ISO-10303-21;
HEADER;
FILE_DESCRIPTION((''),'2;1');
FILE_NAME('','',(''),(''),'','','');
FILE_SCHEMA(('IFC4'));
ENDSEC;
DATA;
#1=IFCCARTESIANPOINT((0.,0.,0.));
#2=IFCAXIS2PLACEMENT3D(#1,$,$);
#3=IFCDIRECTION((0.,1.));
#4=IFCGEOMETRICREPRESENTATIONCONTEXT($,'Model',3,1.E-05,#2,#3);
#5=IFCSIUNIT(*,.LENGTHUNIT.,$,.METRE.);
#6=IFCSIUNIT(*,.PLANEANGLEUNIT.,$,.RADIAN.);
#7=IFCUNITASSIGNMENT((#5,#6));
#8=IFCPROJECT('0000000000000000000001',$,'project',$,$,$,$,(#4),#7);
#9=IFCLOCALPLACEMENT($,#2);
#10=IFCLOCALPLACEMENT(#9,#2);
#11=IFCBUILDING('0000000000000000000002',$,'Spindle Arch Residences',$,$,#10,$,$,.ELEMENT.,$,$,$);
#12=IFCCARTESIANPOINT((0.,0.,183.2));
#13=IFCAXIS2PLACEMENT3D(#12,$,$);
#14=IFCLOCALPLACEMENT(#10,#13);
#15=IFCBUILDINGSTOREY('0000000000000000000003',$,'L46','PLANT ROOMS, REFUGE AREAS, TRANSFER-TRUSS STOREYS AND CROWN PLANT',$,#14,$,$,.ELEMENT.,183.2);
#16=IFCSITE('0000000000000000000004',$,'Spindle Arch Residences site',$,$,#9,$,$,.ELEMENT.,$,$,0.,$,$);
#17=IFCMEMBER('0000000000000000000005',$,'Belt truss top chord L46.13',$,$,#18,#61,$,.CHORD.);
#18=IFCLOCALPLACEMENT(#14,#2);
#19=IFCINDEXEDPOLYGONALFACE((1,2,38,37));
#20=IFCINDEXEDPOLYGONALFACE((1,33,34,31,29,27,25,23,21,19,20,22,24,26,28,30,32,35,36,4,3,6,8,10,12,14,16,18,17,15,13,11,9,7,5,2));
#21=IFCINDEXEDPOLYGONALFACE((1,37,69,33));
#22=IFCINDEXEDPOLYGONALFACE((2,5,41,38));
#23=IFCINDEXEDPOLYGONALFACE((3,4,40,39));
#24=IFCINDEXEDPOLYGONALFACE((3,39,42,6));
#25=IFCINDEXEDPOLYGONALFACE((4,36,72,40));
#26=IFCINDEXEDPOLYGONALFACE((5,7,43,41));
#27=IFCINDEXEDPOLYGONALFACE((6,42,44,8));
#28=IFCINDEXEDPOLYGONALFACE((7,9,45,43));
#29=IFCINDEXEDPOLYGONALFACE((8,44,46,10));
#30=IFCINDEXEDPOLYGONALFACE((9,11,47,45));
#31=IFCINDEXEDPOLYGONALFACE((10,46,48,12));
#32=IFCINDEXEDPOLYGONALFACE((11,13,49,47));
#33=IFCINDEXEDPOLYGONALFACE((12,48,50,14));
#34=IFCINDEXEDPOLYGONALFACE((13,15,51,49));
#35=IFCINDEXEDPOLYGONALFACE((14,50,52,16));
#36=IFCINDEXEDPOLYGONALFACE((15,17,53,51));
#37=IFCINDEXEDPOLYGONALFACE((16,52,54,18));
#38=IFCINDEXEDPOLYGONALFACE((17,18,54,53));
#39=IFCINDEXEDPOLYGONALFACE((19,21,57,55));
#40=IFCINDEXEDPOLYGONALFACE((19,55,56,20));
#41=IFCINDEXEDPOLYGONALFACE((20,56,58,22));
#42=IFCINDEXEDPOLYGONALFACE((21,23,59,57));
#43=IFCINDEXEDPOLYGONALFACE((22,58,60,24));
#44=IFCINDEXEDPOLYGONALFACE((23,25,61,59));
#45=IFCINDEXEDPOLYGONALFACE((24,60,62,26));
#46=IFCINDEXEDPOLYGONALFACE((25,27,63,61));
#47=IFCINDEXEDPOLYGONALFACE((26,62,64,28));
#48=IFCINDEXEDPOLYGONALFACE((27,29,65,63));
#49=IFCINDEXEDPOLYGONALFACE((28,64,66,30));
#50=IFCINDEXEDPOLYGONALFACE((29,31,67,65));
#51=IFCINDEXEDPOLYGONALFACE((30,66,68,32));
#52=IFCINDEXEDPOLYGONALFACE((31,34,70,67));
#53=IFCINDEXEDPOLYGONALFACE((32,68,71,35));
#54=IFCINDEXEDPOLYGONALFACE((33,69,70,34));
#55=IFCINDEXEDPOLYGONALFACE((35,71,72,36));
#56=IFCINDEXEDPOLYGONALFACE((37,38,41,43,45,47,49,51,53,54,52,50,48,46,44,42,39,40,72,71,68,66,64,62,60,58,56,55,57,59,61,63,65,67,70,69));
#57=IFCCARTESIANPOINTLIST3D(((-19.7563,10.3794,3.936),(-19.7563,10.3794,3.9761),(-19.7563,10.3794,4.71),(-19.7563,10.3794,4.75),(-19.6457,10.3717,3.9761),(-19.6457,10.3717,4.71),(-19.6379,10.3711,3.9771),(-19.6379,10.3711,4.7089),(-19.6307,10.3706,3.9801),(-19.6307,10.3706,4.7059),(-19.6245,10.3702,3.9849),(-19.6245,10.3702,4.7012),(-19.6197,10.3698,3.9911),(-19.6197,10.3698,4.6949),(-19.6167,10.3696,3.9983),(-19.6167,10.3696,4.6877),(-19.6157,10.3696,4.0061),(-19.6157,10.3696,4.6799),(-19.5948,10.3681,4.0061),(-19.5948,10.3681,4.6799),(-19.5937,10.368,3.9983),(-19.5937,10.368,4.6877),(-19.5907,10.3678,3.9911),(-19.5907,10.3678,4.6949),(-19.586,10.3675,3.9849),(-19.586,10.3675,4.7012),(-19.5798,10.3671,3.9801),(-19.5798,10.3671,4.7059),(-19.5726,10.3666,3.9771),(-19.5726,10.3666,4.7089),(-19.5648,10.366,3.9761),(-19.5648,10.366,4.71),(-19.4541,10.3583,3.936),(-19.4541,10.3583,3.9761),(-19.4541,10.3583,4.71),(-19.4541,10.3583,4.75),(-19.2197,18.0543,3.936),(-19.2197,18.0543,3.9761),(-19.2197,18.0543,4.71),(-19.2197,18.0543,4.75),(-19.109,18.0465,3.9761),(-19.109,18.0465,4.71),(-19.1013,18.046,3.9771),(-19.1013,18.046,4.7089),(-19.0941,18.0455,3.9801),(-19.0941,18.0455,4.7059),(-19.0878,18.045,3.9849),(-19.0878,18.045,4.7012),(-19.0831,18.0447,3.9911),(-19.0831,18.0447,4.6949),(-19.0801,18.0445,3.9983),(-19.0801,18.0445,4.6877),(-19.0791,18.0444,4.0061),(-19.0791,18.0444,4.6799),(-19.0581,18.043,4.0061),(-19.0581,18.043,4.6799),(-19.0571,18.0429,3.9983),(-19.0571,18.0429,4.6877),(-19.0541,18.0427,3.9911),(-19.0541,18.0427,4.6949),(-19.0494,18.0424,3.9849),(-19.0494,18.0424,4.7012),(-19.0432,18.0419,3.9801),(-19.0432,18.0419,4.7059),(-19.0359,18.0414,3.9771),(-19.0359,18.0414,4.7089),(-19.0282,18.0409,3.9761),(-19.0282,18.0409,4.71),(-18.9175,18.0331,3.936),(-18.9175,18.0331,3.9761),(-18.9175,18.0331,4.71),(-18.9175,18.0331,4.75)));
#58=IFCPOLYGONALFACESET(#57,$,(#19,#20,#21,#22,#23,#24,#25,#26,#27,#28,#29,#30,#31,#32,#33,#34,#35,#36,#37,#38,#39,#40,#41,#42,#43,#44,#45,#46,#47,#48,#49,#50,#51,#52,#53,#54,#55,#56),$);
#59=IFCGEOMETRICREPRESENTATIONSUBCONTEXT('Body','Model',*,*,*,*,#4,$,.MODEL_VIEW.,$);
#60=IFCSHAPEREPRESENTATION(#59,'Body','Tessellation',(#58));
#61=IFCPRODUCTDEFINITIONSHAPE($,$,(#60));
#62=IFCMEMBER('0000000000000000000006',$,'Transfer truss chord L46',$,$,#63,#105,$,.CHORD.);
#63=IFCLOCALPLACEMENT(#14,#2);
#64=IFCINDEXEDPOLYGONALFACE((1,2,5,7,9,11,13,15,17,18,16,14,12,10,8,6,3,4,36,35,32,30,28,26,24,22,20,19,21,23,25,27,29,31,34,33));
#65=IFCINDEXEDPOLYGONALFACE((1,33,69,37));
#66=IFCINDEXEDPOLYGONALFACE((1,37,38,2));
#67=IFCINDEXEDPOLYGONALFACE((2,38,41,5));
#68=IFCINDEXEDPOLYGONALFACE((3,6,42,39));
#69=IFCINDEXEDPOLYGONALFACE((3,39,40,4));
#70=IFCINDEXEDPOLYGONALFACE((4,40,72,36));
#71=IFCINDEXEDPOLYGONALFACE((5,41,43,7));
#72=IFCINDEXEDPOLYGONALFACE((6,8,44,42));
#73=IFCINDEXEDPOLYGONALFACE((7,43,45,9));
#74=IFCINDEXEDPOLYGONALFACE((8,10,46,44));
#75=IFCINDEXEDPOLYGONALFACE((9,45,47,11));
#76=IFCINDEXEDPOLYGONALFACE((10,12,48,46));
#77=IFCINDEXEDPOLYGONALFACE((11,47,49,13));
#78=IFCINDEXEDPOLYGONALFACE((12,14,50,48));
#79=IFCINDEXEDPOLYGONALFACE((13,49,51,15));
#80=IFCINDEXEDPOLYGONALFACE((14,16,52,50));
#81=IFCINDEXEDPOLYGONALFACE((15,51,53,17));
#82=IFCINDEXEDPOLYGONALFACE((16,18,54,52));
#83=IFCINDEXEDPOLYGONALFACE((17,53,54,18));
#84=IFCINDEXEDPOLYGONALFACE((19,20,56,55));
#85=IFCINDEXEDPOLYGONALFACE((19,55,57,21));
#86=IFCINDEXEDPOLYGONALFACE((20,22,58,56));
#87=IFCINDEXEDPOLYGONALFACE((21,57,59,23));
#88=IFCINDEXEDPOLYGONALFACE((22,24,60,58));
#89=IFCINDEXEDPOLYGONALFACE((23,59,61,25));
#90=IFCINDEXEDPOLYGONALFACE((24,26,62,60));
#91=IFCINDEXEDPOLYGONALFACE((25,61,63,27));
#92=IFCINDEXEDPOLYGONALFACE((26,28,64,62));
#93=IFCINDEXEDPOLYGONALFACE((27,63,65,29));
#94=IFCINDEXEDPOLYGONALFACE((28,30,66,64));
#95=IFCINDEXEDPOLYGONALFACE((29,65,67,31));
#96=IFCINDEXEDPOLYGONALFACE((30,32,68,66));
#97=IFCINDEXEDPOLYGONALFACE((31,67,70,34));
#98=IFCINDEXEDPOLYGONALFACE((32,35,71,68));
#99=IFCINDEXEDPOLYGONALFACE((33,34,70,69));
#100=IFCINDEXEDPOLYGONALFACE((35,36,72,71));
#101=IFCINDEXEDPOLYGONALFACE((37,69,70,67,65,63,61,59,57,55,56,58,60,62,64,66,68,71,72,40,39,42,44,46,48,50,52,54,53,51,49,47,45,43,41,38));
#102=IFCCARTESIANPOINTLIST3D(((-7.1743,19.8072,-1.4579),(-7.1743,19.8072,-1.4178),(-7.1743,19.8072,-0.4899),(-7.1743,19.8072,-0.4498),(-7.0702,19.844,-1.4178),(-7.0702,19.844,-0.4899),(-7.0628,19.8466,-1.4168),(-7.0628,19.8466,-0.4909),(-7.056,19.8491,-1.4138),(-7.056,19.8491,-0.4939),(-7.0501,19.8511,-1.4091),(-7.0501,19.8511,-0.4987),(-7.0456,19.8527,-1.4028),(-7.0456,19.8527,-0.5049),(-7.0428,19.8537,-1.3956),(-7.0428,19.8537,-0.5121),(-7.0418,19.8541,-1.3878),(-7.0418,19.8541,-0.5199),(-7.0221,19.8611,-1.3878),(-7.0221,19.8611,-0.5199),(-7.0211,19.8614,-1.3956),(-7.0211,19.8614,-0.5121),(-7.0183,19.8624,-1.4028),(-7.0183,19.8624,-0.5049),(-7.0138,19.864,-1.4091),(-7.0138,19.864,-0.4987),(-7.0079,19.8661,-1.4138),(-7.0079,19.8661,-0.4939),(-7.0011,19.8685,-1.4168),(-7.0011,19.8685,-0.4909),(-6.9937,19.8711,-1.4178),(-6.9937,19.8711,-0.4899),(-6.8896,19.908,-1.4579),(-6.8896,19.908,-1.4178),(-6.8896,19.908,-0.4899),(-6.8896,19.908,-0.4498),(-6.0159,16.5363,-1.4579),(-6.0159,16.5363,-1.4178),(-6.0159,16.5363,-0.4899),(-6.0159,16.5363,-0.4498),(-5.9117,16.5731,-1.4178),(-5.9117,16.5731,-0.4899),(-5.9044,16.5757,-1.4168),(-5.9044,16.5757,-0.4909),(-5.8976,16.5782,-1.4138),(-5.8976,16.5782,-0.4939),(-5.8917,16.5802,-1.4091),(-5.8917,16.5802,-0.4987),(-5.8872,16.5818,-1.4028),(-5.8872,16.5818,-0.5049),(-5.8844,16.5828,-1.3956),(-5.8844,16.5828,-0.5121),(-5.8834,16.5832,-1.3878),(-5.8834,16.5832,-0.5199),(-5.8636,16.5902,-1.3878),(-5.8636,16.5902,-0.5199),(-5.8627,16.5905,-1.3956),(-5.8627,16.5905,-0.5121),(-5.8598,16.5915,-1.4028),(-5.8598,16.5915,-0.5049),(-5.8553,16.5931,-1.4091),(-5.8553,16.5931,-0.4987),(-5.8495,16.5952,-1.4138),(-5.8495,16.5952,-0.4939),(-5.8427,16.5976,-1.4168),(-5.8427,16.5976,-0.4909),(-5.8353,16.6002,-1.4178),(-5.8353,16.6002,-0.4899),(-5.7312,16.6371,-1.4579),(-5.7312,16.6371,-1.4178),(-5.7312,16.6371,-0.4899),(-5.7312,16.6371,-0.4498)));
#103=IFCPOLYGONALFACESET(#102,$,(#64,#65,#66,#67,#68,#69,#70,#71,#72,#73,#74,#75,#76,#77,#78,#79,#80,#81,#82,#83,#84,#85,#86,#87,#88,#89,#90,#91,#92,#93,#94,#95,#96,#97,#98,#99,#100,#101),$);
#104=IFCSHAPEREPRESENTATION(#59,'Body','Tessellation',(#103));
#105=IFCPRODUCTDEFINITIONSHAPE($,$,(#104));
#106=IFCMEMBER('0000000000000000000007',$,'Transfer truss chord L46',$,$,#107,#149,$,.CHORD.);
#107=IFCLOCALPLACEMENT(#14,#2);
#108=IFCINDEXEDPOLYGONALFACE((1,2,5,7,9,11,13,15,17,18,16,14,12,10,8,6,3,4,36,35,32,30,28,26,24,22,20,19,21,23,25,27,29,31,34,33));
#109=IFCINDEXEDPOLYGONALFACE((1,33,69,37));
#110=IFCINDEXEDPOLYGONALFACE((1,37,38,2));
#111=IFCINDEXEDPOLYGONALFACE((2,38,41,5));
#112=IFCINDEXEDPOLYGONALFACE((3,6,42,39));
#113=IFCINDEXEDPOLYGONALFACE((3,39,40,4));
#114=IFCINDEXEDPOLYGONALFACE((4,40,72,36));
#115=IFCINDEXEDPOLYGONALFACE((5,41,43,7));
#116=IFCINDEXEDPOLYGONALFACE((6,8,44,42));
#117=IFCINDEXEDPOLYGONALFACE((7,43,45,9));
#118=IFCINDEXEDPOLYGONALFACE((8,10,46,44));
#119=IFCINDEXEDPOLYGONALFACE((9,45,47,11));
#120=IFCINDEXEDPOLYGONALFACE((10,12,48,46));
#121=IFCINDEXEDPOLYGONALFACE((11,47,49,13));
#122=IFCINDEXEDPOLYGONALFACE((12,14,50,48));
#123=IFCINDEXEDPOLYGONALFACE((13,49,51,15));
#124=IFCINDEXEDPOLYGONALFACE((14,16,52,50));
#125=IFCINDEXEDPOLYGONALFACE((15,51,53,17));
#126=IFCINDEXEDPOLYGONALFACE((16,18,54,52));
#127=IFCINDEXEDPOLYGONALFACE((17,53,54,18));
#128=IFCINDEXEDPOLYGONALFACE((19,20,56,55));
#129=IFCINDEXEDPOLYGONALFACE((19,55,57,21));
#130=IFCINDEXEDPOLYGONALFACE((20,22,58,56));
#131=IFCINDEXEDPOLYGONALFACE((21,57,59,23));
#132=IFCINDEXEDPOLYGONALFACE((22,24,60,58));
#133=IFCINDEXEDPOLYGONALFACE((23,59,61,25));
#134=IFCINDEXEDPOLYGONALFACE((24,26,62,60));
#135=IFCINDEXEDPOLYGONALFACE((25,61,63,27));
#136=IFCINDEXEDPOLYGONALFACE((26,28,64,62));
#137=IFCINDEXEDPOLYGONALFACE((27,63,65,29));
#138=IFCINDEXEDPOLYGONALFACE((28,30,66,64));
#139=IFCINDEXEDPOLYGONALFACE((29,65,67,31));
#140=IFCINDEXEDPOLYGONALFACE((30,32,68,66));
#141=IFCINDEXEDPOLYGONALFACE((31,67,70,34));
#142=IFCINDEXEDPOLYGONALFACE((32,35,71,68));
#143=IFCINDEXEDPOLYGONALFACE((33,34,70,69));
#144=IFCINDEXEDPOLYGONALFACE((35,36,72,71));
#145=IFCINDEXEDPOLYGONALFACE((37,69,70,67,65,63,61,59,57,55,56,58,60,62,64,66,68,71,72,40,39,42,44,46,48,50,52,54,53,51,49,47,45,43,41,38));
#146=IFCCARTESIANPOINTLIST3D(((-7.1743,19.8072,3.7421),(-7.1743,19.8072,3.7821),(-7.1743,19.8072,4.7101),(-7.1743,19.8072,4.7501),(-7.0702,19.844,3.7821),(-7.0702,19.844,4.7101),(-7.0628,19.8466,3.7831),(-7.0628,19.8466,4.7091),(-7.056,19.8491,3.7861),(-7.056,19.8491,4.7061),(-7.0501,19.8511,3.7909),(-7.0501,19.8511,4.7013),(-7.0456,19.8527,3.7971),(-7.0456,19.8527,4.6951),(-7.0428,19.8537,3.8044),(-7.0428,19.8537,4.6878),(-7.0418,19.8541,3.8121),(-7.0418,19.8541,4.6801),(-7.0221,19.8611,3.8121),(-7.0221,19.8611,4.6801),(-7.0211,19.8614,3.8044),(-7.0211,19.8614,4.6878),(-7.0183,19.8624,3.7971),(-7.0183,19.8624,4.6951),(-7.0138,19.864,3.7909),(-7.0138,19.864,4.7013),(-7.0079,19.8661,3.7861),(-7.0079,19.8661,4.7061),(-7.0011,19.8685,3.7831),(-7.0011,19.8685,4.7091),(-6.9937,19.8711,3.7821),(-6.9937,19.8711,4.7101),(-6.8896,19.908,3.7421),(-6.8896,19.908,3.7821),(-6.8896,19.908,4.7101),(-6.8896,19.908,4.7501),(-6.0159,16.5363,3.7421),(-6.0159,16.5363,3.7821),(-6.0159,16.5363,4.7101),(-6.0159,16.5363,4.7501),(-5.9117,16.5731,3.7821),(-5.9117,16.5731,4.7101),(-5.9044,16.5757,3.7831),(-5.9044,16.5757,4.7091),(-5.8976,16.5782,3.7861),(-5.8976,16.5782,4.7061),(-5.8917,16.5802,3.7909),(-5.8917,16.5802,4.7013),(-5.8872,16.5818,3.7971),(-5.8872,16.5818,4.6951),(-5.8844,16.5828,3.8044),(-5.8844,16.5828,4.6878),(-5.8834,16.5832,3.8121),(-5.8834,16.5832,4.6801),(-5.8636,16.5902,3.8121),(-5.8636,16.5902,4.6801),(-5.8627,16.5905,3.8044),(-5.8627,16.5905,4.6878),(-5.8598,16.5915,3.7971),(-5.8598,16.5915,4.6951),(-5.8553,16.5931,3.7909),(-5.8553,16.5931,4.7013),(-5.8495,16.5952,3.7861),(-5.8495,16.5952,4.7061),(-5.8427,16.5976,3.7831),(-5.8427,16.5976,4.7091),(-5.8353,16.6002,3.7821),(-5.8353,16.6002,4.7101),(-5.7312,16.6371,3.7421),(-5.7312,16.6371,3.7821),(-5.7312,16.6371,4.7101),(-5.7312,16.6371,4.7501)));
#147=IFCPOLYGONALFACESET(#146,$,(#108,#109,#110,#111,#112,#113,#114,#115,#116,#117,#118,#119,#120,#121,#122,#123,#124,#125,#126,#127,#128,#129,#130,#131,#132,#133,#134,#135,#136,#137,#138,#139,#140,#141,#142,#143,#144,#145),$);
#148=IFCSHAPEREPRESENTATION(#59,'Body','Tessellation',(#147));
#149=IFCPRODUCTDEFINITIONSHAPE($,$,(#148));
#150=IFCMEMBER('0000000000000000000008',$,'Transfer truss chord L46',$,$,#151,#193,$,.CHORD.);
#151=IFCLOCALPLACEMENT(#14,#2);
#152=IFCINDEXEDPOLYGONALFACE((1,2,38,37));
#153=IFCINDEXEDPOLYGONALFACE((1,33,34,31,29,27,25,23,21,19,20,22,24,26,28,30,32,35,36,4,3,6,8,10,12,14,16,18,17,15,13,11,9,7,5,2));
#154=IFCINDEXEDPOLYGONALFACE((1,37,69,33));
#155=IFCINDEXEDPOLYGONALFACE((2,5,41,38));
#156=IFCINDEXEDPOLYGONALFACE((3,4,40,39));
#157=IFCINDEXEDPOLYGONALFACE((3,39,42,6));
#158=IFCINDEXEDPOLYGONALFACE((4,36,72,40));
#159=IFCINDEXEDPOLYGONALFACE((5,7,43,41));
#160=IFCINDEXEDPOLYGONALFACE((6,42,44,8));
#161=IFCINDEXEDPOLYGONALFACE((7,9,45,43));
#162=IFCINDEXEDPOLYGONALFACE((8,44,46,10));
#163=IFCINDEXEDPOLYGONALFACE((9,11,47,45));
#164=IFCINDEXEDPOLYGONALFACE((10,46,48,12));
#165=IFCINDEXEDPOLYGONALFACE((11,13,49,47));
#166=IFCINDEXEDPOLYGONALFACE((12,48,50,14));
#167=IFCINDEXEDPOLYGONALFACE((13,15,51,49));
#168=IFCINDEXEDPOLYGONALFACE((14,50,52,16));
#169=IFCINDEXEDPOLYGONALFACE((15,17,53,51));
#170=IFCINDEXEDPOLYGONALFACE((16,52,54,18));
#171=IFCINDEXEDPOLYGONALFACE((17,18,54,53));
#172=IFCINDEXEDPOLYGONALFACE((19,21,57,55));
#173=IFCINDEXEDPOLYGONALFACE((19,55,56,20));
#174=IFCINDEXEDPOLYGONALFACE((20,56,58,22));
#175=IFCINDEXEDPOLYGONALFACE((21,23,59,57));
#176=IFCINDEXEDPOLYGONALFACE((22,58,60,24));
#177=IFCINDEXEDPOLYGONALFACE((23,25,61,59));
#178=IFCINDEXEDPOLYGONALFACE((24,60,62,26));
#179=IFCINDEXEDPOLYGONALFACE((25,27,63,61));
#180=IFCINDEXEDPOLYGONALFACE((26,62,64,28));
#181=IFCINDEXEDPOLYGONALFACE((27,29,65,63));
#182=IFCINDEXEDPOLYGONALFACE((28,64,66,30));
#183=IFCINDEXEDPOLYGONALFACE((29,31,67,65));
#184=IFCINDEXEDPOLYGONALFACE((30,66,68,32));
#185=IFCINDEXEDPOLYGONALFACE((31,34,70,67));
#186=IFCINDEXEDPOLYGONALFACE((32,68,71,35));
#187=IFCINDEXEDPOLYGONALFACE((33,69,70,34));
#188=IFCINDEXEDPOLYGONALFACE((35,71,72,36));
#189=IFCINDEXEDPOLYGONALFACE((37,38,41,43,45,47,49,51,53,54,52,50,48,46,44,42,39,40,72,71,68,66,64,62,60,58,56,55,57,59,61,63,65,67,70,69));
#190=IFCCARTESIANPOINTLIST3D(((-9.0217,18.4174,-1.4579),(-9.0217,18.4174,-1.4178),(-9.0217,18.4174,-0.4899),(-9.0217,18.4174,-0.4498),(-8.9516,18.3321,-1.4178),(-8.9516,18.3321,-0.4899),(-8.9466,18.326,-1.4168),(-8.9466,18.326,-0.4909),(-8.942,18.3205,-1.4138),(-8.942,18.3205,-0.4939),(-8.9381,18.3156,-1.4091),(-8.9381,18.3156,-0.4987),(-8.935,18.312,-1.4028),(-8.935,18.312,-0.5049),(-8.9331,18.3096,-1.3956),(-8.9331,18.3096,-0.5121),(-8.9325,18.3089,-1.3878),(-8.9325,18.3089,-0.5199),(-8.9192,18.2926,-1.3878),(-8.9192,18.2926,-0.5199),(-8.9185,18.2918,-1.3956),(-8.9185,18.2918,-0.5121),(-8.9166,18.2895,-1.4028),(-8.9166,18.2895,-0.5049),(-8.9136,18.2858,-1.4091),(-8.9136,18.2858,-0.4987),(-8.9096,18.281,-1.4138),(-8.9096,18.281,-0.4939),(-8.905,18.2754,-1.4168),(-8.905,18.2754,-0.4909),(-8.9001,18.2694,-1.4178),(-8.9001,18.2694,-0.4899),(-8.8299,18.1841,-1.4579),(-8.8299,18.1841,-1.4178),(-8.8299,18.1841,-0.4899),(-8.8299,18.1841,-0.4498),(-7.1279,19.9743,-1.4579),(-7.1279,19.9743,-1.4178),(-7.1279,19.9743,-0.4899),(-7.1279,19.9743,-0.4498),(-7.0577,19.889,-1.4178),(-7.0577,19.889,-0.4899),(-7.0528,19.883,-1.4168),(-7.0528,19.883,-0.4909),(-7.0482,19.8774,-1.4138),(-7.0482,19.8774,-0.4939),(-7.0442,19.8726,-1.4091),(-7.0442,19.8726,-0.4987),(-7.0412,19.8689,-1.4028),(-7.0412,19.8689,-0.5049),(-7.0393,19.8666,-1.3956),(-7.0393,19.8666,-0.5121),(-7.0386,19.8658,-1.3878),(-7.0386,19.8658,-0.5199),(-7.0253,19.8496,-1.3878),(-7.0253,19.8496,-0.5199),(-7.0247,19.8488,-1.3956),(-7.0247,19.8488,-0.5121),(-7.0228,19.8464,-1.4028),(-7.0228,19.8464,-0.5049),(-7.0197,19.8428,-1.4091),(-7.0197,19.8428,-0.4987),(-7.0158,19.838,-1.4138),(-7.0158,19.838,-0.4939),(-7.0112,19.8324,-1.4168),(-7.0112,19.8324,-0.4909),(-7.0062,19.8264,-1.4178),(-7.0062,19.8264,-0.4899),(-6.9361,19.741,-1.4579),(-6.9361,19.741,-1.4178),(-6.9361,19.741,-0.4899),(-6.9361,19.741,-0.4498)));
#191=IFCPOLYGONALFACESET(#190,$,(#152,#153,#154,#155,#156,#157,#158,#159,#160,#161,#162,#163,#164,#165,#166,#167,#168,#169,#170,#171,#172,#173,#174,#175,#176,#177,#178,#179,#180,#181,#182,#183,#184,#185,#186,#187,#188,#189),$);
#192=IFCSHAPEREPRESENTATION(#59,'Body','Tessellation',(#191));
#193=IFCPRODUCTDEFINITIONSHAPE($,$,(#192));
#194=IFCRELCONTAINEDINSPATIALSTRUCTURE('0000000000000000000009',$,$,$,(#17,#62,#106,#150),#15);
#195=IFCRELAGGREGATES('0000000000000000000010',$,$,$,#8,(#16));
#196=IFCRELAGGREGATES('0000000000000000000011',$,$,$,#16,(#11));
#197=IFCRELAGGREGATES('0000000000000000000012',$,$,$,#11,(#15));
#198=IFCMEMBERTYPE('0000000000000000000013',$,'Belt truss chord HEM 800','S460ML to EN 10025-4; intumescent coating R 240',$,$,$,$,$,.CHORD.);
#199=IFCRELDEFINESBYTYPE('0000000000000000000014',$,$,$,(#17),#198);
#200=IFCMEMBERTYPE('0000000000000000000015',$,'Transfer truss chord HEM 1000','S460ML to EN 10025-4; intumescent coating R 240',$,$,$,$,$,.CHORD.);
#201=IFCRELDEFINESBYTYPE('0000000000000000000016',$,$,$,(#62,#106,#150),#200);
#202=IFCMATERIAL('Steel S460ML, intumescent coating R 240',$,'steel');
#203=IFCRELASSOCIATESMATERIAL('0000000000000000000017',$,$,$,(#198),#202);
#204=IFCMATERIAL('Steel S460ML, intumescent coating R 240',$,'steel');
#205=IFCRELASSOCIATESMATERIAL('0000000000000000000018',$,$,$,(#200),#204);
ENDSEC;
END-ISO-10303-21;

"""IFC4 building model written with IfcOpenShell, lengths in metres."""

from ifc_helpers import new_model, si_unit, direction, frame, origin, origin_2d, place, context, subcontext, project, spatial, i_section, extrude, material, material_profile, profile_set, type_object, element, save


model = new_model("IFC4")

# Units and contexts
model_context = context("Model", 3, precision=1e-05, world=origin(), true_north=direction((0.0, 1.0)))
body_context = subcontext(model_context, "Body", "Model", "MODEL_VIEW")
ifc_project = project(units=[si_unit("LENGTHUNIT", "METRE"), si_unit("PLANEANGLEUNIT", "RADIAN")], contexts=[model_context])

# Site, building, storey
site_placement = place(None, origin())
site = spatial("IfcSite", under=ifc_project, at=site_placement, Name="Spindle Arch Residences site", CompositionType="ELEMENT", RefElevation=0.0)
building_placement = place(site_placement, origin())
building = spatial("IfcBuilding", under=site, at=building_placement, Name="Spindle Arch Residences", CompositionType="ELEMENT")
storey_placement = place(building_placement, frame((0.0, 0.0, 183.2)))
storey = spatial("IfcBuildingStorey", under=building, at=storey_placement, Name="L46", Description="PLANT ROOMS, REFUGE AREAS, TRANSFER-TRUSS STOREYS AND CROWN PLANT", CompositionType="ELEMENT", Elevation=183.2)

# Members
ifc_material_1 = material(Name="Steel S460ML, intumescent coating R 240", Category="steel")
ifc_material_profile_1 = material_profile(ifc_material_1, i_section(OverallWidth=0.303, OverallDepth=0.814, WebThickness=0.021, FlangeThickness=0.04, FilletRadius=0.03, at=origin_2d()), Name="HEM 800")
ifc_profile_set_1 = profile_set([ifc_material_profile_1], Name="Steel S460ML, intumescent coating R 240")
member_type_1 = type_object("IfcMemberType", Name="Belt truss chord HEM 800", Description="S460ML to EN 10025-4; intumescent coating R 240", PredefinedType="CHORD", material=ifc_profile_set_1)
member_1_placement = place(storey_placement, frame((-19.0686, 18.0437, 4.343), z_axis=(-0.06975, -0.997565, 0.0), x_axis=(0.997565, -0.06975, 0.0)))
element("IfcMember", 1, at=member_1_placement, inside=storey, type_object=member_type_1, Name="Belt truss top chord L46.13", PredefinedType="CHORD", context=body_context, shape_type="SweptSolid", body=[
    extrude(i_section(OverallWidth=0.303, OverallDepth=0.814, WebThickness=0.021, FlangeThickness=0.04, FilletRadius=0.03, at=origin_2d()), origin(), (0.0, 0.0, 1.0), 7.6936),
])
ifc_material_2 = material(Name="Steel S460ML, intumescent coating R 240", Category="steel")
ifc_material_profile_2 = material_profile(ifc_material_2, i_section(OverallWidth=0.302, OverallDepth=1.0081, WebThickness=0.021, FlangeThickness=0.04, FilletRadius=0.03, at=origin_2d()), Name="HEM 1000")
ifc_profile_set_2 = profile_set([ifc_material_profile_2], Name="Steel S460ML, intumescent coating R 240")
member_type_2 = type_object("IfcMemberType", Name="Transfer truss chord HEM 1000", Description="S460ML to EN 10025-4; intumescent coating R 240", PredefinedType="CHORD", material=ifc_profile_set_2)
for number, where, z_axis, x_axis, name in (
    (2, (-5.8735, 16.5867, -0.9539), (-0.333839, 0.94263, 0.0), (-0.94263, -0.333839, 0.0), "Transfer truss chord L46"),
    (3, (-5.8735, 16.5867, 4.2461), (-0.333839, 0.94263, 0.0), (-0.94263, -0.333839, 0.0), "Transfer truss chord L46"),
):
    element("IfcMember", number, at=place(storey_placement, frame(where, z_axis=z_axis, x_axis=x_axis)), inside=storey, type_object=member_type_2, Name=name, PredefinedType="CHORD", context=body_context, shape_type="SweptSolid", body=[
        extrude(i_section(OverallWidth=0.302, OverallDepth=1.0081, WebThickness=0.021, FlangeThickness=0.04, FilletRadius=0.03, at=origin_2d()), origin(), (0.0, 0.0, 1.0), 3.47),
    ])
for number, where, z_axis, x_axis, name in (
    (4, (-7.032, 19.8577, -0.9539), (-0.772473, -0.635047, 0.0), (0.635047, -0.772473, 0.0), "Transfer truss chord L46"),
):
    element("IfcMember", number, at=place(storey_placement, frame(where, z_axis=z_axis, x_axis=x_axis)), inside=storey, type_object=member_type_2, Name=name, PredefinedType="CHORD", context=body_context, shape_type="SweptSolid", body=[
        extrude(i_section(OverallWidth=0.302, OverallDepth=1.0081, WebThickness=0.021, FlangeThickness=0.04, FilletRadius=0.03, at=origin_2d()), origin(), (0.0, 0.0, 1.0), 2.4517),
    ])

save(model, "model.ifc")
